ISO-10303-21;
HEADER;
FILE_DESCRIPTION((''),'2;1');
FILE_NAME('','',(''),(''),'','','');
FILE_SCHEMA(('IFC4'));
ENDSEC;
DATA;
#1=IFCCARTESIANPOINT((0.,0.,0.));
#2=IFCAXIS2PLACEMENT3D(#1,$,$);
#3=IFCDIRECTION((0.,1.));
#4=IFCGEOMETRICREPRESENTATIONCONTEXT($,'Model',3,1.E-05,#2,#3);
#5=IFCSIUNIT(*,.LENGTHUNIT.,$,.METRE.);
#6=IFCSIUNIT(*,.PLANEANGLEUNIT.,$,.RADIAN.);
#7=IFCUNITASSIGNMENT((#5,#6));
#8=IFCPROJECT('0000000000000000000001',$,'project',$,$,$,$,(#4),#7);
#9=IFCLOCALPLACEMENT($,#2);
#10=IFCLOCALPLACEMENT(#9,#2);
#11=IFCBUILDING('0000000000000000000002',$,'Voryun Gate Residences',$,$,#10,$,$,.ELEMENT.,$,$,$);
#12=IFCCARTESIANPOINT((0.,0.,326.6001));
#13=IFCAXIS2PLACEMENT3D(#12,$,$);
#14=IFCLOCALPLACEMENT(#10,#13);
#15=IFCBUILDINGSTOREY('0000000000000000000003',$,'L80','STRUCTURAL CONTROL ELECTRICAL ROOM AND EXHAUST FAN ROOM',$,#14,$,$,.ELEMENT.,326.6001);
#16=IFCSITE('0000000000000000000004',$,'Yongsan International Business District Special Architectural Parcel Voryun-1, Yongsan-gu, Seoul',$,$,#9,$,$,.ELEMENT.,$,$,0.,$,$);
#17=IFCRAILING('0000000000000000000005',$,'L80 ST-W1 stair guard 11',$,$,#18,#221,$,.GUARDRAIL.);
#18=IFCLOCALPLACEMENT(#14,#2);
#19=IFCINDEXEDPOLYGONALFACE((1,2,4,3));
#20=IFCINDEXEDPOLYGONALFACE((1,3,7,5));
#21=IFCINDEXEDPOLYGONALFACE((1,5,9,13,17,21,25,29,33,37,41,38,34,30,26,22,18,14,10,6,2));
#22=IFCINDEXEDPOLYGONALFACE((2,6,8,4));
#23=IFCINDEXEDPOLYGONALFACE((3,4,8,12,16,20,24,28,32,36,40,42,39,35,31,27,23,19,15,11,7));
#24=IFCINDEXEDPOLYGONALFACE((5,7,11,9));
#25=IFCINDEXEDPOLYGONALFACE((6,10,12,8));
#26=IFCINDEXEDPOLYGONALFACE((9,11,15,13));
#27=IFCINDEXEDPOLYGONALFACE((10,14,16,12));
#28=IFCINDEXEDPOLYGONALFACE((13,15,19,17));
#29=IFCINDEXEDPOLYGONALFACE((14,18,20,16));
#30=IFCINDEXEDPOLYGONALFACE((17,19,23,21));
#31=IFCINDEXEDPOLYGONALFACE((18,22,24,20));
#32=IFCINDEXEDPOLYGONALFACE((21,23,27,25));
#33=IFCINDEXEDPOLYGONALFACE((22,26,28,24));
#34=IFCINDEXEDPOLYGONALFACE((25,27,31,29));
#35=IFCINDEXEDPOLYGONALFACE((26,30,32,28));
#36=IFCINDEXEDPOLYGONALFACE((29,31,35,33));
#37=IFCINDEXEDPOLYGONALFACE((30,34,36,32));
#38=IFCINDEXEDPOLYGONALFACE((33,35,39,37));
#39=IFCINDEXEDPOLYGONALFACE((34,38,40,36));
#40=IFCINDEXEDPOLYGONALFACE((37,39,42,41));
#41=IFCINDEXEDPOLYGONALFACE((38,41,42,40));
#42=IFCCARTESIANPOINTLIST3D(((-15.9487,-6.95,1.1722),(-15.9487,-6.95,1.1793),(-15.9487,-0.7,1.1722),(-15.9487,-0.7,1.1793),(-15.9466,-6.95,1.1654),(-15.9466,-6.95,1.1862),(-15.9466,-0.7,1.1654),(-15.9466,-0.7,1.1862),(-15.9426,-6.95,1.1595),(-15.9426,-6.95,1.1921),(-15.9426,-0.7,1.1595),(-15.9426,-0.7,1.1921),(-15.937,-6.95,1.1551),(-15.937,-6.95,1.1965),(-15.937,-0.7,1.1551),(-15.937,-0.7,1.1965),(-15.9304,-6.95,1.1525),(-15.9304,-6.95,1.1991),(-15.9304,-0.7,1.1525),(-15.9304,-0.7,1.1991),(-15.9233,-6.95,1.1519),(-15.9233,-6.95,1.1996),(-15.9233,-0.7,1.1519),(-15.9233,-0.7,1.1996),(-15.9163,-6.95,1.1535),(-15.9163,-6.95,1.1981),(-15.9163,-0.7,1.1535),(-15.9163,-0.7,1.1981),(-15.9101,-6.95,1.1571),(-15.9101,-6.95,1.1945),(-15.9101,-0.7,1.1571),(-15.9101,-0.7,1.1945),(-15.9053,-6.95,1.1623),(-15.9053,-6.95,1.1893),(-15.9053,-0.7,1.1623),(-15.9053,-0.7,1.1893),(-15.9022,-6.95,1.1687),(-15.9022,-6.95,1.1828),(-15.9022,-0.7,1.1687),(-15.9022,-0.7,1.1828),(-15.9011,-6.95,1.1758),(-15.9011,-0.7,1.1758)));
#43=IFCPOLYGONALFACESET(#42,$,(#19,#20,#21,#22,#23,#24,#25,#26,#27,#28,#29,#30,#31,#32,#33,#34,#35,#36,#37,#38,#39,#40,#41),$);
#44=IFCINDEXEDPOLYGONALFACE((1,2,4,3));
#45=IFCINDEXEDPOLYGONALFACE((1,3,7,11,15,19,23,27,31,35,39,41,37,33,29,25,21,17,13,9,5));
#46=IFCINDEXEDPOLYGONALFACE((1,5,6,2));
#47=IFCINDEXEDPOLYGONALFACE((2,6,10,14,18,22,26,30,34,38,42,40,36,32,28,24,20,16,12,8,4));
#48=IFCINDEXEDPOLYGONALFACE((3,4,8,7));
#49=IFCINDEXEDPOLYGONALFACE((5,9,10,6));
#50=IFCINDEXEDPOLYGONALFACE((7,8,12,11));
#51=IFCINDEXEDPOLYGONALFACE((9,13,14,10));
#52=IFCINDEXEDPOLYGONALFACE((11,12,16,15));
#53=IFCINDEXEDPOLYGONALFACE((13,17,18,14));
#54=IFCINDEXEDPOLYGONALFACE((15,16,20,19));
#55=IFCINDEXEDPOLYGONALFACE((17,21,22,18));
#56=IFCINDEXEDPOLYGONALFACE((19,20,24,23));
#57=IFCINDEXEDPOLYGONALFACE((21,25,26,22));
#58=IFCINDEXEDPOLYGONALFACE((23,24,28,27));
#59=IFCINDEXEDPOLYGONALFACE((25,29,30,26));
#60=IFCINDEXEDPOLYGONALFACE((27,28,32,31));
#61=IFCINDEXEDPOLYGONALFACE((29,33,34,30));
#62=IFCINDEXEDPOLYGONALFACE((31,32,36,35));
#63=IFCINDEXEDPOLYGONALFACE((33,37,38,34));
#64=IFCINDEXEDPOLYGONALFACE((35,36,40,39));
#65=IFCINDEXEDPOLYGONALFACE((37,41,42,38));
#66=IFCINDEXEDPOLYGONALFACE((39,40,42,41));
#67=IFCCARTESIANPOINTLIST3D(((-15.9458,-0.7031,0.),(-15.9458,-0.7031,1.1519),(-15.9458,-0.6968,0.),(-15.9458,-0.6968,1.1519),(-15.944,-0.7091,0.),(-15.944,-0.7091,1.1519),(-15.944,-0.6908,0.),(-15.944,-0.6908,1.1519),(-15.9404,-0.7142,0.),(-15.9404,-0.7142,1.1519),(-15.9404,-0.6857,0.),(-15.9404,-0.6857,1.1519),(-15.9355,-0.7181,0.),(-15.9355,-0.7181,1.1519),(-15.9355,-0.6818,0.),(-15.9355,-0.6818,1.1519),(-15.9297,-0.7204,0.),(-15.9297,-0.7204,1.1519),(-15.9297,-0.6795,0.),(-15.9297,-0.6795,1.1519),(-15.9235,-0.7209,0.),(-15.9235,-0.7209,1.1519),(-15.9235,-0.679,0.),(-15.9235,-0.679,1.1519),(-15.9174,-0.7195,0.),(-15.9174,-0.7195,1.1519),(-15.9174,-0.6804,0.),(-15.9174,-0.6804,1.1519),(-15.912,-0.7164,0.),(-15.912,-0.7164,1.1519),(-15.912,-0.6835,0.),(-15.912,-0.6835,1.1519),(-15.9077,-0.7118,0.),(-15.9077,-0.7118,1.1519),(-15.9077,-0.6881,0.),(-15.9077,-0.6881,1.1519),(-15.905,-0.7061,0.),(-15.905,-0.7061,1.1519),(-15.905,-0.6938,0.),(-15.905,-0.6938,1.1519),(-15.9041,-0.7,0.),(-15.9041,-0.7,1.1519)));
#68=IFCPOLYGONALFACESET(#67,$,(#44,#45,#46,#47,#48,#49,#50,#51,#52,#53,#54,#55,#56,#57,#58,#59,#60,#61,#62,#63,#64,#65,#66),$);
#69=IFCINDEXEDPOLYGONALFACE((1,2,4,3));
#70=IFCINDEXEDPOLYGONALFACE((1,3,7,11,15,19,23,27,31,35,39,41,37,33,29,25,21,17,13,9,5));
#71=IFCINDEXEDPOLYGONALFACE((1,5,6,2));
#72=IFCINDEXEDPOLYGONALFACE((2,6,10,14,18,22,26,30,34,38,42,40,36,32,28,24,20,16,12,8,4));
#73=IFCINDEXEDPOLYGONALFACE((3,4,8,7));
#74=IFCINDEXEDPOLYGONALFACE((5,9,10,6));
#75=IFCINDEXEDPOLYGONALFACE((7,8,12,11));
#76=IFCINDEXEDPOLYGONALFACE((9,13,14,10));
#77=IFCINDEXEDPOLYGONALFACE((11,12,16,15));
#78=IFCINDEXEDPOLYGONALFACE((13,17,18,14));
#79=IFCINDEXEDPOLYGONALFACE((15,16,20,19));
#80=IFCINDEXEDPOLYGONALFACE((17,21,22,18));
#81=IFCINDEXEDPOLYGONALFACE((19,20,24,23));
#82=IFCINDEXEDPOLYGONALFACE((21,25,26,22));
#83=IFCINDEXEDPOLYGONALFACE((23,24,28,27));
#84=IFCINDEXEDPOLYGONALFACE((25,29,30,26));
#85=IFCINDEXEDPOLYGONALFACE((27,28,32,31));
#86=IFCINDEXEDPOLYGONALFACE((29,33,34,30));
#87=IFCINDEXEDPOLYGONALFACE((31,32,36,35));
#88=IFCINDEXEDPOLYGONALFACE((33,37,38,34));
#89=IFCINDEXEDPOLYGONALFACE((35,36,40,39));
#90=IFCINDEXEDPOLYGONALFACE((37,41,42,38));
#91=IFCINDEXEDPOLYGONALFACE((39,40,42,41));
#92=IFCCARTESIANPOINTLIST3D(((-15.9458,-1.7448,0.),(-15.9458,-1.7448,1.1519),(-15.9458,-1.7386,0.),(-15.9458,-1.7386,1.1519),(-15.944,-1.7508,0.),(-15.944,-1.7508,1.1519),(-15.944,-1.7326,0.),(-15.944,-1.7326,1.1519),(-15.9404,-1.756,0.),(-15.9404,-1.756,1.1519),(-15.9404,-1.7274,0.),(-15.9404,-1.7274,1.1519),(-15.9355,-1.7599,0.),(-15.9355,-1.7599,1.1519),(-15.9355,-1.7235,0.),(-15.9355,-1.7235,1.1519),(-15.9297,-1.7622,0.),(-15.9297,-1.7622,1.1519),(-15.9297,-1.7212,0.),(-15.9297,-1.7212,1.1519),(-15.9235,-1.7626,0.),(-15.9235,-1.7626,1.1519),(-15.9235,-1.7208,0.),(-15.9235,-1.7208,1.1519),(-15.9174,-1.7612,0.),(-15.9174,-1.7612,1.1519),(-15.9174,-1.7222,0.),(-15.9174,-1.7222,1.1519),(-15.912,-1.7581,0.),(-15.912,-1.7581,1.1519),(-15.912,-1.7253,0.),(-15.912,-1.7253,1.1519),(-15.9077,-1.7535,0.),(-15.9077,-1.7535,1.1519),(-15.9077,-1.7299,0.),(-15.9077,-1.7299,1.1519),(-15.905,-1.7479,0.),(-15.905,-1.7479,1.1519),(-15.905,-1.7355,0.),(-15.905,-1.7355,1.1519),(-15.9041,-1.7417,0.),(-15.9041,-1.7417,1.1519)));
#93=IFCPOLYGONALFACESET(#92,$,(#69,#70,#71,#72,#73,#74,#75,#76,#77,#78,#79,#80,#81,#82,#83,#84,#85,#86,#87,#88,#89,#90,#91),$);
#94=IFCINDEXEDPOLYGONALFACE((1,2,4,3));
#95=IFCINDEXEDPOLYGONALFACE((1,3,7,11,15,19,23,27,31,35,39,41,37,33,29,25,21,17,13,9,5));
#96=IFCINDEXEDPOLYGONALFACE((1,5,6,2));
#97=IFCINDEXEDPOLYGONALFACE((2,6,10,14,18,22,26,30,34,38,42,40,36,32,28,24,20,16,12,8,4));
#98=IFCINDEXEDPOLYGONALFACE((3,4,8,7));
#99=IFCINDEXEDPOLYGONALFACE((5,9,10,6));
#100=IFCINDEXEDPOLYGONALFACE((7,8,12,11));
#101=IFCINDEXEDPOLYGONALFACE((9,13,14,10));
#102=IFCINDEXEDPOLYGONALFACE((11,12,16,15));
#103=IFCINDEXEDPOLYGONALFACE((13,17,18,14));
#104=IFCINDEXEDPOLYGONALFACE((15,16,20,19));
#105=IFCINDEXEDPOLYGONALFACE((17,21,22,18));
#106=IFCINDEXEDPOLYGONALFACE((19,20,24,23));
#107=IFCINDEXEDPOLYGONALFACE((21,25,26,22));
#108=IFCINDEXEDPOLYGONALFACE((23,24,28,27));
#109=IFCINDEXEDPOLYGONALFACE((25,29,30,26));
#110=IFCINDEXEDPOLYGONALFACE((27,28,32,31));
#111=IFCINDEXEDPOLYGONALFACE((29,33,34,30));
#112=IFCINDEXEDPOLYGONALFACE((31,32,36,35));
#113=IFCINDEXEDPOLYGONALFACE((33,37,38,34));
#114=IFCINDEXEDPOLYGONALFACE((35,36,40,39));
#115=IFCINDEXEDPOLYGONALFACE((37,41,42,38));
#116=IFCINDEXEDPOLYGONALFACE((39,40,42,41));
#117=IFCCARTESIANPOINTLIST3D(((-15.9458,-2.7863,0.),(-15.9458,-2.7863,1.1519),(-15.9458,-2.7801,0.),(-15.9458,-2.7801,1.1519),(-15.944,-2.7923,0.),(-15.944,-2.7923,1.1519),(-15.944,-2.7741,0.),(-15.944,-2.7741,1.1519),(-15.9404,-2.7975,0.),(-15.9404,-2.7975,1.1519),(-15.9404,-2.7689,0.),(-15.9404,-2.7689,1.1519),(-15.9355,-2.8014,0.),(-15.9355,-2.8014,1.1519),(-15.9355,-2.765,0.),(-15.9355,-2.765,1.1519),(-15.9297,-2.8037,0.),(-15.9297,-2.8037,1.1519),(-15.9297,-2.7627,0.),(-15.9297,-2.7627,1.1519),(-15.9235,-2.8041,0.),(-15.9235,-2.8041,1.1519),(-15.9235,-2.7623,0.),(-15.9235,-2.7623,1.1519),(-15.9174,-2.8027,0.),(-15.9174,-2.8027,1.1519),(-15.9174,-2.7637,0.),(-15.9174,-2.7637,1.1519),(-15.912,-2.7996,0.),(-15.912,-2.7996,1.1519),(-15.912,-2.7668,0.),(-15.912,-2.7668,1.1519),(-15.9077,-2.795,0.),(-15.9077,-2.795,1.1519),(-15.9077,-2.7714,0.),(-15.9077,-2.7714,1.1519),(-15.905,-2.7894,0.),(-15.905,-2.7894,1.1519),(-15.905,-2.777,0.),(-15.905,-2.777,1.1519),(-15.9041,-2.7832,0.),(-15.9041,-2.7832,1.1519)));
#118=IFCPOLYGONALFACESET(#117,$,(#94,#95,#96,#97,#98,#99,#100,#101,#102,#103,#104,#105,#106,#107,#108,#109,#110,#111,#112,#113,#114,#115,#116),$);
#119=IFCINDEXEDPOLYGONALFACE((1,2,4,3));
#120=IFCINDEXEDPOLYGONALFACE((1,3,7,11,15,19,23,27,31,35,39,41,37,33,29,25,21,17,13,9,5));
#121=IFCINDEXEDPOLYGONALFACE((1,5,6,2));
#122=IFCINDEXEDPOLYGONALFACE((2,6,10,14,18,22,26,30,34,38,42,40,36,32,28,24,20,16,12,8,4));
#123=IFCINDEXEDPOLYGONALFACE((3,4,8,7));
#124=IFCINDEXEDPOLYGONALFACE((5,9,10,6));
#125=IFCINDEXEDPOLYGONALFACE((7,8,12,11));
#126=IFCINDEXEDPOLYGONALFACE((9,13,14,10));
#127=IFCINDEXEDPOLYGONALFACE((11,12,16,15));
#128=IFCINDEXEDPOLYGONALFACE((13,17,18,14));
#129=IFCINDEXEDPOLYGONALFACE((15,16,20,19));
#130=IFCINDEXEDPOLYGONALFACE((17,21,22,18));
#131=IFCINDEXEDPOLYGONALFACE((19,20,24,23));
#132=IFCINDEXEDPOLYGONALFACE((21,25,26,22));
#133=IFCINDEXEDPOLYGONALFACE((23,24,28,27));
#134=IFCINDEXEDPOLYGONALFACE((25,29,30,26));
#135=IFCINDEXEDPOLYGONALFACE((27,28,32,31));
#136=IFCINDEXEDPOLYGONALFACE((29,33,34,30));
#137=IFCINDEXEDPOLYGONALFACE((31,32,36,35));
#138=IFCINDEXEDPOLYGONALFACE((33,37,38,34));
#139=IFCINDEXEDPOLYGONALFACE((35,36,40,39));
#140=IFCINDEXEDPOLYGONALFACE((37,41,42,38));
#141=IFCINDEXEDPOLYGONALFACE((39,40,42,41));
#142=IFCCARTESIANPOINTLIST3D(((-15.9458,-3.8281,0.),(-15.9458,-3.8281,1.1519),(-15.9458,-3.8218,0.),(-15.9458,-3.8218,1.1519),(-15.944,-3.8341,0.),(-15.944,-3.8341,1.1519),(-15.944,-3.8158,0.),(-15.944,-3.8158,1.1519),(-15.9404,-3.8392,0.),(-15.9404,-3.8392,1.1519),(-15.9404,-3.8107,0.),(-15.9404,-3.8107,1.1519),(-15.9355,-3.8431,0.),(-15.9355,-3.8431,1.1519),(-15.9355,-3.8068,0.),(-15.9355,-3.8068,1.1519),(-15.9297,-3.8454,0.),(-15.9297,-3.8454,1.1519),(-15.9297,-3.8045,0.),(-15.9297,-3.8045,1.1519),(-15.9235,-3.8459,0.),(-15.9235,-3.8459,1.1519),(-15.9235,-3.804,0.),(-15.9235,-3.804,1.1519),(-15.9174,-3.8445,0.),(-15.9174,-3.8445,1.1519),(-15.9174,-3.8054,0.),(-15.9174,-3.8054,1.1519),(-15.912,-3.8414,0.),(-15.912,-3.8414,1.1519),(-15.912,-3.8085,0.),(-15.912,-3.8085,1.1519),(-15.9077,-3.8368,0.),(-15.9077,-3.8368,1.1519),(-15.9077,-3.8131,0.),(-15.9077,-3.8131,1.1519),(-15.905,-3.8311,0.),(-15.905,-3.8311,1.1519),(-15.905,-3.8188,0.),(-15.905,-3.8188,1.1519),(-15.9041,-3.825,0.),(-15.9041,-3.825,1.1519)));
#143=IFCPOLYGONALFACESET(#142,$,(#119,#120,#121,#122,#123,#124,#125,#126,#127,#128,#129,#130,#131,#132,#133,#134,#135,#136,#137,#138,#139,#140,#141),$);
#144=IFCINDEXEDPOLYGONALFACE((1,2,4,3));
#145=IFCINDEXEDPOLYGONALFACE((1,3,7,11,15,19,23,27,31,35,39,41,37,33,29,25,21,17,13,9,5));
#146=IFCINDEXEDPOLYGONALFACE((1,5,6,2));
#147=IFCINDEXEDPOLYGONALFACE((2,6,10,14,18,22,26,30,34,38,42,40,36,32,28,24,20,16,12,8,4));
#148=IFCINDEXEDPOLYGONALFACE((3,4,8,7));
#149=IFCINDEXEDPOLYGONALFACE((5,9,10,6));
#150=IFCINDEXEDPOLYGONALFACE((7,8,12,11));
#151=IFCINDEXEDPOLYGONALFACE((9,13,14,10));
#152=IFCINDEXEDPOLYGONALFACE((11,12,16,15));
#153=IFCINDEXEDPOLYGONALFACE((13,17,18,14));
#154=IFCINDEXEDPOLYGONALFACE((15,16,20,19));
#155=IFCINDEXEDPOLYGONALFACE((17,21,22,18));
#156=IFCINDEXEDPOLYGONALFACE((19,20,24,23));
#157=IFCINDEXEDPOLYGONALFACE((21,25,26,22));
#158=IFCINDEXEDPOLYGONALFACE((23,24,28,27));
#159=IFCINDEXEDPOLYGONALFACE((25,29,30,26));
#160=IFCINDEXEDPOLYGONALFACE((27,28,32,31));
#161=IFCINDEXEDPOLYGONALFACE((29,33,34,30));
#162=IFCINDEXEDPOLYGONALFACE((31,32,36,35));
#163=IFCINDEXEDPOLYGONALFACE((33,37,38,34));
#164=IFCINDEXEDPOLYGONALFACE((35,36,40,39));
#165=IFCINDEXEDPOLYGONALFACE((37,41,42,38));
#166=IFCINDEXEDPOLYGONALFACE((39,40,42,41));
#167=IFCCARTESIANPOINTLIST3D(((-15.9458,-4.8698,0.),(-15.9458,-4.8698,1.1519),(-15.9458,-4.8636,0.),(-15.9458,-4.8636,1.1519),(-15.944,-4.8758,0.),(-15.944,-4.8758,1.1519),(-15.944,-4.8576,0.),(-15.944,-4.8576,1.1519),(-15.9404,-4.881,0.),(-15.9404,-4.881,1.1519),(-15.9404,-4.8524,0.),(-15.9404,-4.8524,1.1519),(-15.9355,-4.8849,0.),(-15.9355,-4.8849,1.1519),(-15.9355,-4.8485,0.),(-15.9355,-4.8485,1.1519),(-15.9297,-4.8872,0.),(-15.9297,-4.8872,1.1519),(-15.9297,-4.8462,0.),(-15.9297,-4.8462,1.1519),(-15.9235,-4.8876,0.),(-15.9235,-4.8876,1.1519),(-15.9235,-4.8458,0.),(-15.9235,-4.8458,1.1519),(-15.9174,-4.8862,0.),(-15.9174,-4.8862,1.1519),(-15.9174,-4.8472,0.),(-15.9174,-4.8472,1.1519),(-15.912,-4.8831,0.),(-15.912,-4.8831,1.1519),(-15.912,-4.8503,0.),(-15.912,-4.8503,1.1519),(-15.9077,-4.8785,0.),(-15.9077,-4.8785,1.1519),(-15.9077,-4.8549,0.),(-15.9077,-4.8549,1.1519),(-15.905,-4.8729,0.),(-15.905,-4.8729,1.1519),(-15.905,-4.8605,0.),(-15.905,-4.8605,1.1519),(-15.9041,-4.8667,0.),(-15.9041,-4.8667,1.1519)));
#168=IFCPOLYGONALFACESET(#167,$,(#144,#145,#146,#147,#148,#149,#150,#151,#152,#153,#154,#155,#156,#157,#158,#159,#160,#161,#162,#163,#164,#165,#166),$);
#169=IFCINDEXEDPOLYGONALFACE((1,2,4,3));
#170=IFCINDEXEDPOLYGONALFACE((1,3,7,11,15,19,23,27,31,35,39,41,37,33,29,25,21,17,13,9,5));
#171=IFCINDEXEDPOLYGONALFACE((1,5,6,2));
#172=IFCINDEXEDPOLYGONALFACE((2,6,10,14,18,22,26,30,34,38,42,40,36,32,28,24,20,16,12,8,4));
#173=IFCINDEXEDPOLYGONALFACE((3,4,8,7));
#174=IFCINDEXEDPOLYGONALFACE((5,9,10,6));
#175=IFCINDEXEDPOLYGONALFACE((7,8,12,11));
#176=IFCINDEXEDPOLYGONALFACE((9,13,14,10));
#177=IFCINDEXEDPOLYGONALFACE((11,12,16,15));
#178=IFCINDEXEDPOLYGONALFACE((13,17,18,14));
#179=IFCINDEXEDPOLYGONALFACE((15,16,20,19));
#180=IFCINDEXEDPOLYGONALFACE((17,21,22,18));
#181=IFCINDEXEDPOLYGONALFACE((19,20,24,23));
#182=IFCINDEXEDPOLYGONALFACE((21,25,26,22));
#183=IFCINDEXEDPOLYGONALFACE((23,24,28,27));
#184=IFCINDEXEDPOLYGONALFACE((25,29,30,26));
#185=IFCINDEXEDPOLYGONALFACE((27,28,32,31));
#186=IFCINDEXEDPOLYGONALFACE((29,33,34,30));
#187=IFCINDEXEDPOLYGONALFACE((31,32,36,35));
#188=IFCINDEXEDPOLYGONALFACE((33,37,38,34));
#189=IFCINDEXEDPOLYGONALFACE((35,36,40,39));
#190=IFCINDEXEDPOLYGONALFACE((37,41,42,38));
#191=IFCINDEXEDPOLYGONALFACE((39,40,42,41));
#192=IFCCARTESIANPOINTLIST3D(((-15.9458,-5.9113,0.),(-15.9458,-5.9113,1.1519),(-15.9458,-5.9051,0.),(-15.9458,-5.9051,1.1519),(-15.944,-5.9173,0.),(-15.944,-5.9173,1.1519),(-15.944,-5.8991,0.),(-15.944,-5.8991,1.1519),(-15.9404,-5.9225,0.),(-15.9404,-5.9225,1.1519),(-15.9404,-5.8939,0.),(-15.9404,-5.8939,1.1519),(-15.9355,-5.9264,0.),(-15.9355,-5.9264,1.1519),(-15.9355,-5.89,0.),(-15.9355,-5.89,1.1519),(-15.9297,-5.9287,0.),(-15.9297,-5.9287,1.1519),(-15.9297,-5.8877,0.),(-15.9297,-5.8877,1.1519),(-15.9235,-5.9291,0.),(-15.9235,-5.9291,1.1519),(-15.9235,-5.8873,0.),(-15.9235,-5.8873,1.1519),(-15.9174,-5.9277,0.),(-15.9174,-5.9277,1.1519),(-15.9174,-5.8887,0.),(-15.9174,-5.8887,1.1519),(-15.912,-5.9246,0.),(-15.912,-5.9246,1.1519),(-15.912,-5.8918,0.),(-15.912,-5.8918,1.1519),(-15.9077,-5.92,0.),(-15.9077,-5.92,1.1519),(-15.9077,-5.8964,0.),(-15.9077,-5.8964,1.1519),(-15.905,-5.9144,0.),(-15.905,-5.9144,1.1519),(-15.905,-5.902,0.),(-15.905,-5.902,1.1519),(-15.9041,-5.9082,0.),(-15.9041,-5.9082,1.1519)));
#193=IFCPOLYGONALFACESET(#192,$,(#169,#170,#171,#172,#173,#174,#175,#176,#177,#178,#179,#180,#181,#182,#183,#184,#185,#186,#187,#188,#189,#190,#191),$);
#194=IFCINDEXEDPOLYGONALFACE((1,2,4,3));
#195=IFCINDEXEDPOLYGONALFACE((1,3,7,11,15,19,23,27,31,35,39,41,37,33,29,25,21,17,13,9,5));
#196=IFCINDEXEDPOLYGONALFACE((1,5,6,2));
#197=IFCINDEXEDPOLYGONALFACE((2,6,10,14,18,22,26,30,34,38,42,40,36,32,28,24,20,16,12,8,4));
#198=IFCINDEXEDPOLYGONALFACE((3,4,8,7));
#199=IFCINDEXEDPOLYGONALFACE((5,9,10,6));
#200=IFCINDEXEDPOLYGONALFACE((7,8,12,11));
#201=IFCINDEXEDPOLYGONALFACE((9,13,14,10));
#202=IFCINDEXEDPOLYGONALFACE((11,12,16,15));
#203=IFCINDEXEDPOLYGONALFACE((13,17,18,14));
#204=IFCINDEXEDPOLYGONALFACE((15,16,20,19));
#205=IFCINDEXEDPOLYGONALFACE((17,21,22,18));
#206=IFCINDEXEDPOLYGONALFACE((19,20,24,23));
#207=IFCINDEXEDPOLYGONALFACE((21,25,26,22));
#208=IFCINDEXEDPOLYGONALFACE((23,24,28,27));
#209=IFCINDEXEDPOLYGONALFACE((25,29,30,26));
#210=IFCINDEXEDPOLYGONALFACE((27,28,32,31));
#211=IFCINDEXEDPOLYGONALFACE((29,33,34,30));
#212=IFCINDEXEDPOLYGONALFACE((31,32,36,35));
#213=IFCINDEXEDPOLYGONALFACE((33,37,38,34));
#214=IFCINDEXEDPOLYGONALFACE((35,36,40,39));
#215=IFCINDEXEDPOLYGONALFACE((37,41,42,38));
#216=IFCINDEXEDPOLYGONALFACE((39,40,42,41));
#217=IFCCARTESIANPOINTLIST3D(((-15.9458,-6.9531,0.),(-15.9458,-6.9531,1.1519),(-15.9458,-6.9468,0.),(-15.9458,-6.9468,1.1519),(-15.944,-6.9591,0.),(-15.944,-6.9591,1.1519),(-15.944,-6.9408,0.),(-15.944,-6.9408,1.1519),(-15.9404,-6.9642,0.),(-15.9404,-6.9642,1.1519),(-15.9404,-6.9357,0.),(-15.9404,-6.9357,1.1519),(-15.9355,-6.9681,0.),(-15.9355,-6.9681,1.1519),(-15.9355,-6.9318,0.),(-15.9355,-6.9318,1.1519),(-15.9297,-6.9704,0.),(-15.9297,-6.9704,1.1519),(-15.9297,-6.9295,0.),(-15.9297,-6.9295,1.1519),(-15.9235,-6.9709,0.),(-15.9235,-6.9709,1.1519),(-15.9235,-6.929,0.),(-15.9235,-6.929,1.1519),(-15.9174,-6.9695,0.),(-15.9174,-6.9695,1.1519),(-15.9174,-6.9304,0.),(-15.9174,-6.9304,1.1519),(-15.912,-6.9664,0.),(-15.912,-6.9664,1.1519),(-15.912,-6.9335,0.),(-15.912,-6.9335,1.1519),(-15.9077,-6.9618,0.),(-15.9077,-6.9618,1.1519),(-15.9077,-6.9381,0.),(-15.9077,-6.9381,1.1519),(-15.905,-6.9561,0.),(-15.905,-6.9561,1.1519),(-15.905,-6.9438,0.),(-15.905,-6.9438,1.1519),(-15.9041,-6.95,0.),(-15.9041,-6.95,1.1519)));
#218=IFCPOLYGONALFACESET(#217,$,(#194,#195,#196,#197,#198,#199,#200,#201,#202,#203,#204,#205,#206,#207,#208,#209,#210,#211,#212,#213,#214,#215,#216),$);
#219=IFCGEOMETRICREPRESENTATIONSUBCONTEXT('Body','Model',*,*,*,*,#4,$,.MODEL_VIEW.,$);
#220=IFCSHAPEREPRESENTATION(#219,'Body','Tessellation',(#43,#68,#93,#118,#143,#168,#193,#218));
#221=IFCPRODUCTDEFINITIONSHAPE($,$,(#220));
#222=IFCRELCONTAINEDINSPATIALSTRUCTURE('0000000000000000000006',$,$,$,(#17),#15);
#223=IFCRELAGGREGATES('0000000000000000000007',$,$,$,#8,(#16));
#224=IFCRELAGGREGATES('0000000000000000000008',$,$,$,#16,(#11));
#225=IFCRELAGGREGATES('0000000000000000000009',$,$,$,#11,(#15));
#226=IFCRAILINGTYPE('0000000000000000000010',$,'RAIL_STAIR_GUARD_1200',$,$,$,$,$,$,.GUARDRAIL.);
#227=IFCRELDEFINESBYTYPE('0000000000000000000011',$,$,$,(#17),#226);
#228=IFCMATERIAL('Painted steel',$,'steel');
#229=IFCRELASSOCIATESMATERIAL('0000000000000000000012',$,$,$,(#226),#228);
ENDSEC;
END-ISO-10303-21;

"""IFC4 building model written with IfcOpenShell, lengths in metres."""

from ifc_helpers import new_model, si_unit, direction, frame, origin, origin_2d, place, context, subcontext, project, spatial, circle, extrude, material, type_object, element, save


model = new_model("IFC4")

# Units and contexts
model_context = context("Model", 3, precision=1e-05, world=origin(), true_north=direction((0.0, 1.0)))
body_context = subcontext(model_context, "Body", "Model", "MODEL_VIEW")
ifc_project = project(units=[si_unit("LENGTHUNIT", "METRE"), si_unit("PLANEANGLEUNIT", "RADIAN")], contexts=[model_context])

# Site, building, storey
site_placement = place(None, origin())
site = spatial("IfcSite", under=ifc_project, at=site_placement, Name="Yongsan International Business District Special Architectural Parcel Voryun-1, Yongsan-gu, Seoul", CompositionType="ELEMENT", RefElevation=0.0)
building_placement = place(site_placement, origin())
building = spatial("IfcBuilding", under=site, at=building_placement, Name="Voryun Gate Residences", CompositionType="ELEMENT")
storey_placement = place(building_placement, frame((0.0, 0.0, 326.6001)))
storey = spatial("IfcBuildingStorey", under=building, at=storey_placement, Name="L80", Description="STRUCTURAL CONTROL ELECTRICAL ROOM AND EXHAUST FAN ROOM", CompositionType="ELEMENT", Elevation=326.6001)

# Railing
ifc_material_1 = material(Name="Painted steel", Category="steel")
railing_type_1 = type_object("IfcRailingType", Name="RAIL_STAIR_GUARD_1200", PredefinedType="GUARDRAIL", material=ifc_material_1)
railing_1_placement = place(storey_placement, frame((-15.925, -0.7, 0.0)))
element("IfcRailing", 1, at=railing_1_placement, inside=storey, type_object=railing_type_1, Name="L80 ST-W1 stair guard 11", PredefinedType="GUARDRAIL", context=body_context, shape_type="SweptSolid", body=[
    extrude(circle(Radius=0.0239, at=origin_2d()), frame((0.0, 0.0, 1.1758), z_axis=(0.0, -1.0, 0.0), x_axis=(1.0, 0.0, 0.0)), (0.0, 0.0, 1.0), 6.25),
    extrude(circle(Radius=0.021, at=origin_2d()), origin(), (0.0, 0.0, 1.0), 1.1519),
    extrude(circle(Radius=0.021, at=origin_2d()), frame((0.0, -1.0417, 0.0)), (0.0, 0.0, 1.0), 1.1519),
    extrude(circle(Radius=0.021, at=origin_2d()), frame((0.0, -2.0833, 0.0)), (0.0, 0.0, 1.0), 1.1519),
    extrude(circle(Radius=0.021, at=origin_2d()), frame((0.0, -3.125, 0.0)), (0.0, 0.0, 1.0), 1.1519),
    extrude(circle(Radius=0.021, at=origin_2d()), frame((0.0, -4.1667, 0.0)), (0.0, 0.0, 1.0), 1.1519),
    extrude(circle(Radius=0.021, at=origin_2d()), frame((0.0, -5.2083, 0.0)), (0.0, 0.0, 1.0), 1.1519),
    extrude(circle(Radius=0.021, at=origin_2d()), frame((0.0, -6.25, 0.0)), (0.0, 0.0, 1.0), 1.1519),
])

save(model, "model.ifc")
